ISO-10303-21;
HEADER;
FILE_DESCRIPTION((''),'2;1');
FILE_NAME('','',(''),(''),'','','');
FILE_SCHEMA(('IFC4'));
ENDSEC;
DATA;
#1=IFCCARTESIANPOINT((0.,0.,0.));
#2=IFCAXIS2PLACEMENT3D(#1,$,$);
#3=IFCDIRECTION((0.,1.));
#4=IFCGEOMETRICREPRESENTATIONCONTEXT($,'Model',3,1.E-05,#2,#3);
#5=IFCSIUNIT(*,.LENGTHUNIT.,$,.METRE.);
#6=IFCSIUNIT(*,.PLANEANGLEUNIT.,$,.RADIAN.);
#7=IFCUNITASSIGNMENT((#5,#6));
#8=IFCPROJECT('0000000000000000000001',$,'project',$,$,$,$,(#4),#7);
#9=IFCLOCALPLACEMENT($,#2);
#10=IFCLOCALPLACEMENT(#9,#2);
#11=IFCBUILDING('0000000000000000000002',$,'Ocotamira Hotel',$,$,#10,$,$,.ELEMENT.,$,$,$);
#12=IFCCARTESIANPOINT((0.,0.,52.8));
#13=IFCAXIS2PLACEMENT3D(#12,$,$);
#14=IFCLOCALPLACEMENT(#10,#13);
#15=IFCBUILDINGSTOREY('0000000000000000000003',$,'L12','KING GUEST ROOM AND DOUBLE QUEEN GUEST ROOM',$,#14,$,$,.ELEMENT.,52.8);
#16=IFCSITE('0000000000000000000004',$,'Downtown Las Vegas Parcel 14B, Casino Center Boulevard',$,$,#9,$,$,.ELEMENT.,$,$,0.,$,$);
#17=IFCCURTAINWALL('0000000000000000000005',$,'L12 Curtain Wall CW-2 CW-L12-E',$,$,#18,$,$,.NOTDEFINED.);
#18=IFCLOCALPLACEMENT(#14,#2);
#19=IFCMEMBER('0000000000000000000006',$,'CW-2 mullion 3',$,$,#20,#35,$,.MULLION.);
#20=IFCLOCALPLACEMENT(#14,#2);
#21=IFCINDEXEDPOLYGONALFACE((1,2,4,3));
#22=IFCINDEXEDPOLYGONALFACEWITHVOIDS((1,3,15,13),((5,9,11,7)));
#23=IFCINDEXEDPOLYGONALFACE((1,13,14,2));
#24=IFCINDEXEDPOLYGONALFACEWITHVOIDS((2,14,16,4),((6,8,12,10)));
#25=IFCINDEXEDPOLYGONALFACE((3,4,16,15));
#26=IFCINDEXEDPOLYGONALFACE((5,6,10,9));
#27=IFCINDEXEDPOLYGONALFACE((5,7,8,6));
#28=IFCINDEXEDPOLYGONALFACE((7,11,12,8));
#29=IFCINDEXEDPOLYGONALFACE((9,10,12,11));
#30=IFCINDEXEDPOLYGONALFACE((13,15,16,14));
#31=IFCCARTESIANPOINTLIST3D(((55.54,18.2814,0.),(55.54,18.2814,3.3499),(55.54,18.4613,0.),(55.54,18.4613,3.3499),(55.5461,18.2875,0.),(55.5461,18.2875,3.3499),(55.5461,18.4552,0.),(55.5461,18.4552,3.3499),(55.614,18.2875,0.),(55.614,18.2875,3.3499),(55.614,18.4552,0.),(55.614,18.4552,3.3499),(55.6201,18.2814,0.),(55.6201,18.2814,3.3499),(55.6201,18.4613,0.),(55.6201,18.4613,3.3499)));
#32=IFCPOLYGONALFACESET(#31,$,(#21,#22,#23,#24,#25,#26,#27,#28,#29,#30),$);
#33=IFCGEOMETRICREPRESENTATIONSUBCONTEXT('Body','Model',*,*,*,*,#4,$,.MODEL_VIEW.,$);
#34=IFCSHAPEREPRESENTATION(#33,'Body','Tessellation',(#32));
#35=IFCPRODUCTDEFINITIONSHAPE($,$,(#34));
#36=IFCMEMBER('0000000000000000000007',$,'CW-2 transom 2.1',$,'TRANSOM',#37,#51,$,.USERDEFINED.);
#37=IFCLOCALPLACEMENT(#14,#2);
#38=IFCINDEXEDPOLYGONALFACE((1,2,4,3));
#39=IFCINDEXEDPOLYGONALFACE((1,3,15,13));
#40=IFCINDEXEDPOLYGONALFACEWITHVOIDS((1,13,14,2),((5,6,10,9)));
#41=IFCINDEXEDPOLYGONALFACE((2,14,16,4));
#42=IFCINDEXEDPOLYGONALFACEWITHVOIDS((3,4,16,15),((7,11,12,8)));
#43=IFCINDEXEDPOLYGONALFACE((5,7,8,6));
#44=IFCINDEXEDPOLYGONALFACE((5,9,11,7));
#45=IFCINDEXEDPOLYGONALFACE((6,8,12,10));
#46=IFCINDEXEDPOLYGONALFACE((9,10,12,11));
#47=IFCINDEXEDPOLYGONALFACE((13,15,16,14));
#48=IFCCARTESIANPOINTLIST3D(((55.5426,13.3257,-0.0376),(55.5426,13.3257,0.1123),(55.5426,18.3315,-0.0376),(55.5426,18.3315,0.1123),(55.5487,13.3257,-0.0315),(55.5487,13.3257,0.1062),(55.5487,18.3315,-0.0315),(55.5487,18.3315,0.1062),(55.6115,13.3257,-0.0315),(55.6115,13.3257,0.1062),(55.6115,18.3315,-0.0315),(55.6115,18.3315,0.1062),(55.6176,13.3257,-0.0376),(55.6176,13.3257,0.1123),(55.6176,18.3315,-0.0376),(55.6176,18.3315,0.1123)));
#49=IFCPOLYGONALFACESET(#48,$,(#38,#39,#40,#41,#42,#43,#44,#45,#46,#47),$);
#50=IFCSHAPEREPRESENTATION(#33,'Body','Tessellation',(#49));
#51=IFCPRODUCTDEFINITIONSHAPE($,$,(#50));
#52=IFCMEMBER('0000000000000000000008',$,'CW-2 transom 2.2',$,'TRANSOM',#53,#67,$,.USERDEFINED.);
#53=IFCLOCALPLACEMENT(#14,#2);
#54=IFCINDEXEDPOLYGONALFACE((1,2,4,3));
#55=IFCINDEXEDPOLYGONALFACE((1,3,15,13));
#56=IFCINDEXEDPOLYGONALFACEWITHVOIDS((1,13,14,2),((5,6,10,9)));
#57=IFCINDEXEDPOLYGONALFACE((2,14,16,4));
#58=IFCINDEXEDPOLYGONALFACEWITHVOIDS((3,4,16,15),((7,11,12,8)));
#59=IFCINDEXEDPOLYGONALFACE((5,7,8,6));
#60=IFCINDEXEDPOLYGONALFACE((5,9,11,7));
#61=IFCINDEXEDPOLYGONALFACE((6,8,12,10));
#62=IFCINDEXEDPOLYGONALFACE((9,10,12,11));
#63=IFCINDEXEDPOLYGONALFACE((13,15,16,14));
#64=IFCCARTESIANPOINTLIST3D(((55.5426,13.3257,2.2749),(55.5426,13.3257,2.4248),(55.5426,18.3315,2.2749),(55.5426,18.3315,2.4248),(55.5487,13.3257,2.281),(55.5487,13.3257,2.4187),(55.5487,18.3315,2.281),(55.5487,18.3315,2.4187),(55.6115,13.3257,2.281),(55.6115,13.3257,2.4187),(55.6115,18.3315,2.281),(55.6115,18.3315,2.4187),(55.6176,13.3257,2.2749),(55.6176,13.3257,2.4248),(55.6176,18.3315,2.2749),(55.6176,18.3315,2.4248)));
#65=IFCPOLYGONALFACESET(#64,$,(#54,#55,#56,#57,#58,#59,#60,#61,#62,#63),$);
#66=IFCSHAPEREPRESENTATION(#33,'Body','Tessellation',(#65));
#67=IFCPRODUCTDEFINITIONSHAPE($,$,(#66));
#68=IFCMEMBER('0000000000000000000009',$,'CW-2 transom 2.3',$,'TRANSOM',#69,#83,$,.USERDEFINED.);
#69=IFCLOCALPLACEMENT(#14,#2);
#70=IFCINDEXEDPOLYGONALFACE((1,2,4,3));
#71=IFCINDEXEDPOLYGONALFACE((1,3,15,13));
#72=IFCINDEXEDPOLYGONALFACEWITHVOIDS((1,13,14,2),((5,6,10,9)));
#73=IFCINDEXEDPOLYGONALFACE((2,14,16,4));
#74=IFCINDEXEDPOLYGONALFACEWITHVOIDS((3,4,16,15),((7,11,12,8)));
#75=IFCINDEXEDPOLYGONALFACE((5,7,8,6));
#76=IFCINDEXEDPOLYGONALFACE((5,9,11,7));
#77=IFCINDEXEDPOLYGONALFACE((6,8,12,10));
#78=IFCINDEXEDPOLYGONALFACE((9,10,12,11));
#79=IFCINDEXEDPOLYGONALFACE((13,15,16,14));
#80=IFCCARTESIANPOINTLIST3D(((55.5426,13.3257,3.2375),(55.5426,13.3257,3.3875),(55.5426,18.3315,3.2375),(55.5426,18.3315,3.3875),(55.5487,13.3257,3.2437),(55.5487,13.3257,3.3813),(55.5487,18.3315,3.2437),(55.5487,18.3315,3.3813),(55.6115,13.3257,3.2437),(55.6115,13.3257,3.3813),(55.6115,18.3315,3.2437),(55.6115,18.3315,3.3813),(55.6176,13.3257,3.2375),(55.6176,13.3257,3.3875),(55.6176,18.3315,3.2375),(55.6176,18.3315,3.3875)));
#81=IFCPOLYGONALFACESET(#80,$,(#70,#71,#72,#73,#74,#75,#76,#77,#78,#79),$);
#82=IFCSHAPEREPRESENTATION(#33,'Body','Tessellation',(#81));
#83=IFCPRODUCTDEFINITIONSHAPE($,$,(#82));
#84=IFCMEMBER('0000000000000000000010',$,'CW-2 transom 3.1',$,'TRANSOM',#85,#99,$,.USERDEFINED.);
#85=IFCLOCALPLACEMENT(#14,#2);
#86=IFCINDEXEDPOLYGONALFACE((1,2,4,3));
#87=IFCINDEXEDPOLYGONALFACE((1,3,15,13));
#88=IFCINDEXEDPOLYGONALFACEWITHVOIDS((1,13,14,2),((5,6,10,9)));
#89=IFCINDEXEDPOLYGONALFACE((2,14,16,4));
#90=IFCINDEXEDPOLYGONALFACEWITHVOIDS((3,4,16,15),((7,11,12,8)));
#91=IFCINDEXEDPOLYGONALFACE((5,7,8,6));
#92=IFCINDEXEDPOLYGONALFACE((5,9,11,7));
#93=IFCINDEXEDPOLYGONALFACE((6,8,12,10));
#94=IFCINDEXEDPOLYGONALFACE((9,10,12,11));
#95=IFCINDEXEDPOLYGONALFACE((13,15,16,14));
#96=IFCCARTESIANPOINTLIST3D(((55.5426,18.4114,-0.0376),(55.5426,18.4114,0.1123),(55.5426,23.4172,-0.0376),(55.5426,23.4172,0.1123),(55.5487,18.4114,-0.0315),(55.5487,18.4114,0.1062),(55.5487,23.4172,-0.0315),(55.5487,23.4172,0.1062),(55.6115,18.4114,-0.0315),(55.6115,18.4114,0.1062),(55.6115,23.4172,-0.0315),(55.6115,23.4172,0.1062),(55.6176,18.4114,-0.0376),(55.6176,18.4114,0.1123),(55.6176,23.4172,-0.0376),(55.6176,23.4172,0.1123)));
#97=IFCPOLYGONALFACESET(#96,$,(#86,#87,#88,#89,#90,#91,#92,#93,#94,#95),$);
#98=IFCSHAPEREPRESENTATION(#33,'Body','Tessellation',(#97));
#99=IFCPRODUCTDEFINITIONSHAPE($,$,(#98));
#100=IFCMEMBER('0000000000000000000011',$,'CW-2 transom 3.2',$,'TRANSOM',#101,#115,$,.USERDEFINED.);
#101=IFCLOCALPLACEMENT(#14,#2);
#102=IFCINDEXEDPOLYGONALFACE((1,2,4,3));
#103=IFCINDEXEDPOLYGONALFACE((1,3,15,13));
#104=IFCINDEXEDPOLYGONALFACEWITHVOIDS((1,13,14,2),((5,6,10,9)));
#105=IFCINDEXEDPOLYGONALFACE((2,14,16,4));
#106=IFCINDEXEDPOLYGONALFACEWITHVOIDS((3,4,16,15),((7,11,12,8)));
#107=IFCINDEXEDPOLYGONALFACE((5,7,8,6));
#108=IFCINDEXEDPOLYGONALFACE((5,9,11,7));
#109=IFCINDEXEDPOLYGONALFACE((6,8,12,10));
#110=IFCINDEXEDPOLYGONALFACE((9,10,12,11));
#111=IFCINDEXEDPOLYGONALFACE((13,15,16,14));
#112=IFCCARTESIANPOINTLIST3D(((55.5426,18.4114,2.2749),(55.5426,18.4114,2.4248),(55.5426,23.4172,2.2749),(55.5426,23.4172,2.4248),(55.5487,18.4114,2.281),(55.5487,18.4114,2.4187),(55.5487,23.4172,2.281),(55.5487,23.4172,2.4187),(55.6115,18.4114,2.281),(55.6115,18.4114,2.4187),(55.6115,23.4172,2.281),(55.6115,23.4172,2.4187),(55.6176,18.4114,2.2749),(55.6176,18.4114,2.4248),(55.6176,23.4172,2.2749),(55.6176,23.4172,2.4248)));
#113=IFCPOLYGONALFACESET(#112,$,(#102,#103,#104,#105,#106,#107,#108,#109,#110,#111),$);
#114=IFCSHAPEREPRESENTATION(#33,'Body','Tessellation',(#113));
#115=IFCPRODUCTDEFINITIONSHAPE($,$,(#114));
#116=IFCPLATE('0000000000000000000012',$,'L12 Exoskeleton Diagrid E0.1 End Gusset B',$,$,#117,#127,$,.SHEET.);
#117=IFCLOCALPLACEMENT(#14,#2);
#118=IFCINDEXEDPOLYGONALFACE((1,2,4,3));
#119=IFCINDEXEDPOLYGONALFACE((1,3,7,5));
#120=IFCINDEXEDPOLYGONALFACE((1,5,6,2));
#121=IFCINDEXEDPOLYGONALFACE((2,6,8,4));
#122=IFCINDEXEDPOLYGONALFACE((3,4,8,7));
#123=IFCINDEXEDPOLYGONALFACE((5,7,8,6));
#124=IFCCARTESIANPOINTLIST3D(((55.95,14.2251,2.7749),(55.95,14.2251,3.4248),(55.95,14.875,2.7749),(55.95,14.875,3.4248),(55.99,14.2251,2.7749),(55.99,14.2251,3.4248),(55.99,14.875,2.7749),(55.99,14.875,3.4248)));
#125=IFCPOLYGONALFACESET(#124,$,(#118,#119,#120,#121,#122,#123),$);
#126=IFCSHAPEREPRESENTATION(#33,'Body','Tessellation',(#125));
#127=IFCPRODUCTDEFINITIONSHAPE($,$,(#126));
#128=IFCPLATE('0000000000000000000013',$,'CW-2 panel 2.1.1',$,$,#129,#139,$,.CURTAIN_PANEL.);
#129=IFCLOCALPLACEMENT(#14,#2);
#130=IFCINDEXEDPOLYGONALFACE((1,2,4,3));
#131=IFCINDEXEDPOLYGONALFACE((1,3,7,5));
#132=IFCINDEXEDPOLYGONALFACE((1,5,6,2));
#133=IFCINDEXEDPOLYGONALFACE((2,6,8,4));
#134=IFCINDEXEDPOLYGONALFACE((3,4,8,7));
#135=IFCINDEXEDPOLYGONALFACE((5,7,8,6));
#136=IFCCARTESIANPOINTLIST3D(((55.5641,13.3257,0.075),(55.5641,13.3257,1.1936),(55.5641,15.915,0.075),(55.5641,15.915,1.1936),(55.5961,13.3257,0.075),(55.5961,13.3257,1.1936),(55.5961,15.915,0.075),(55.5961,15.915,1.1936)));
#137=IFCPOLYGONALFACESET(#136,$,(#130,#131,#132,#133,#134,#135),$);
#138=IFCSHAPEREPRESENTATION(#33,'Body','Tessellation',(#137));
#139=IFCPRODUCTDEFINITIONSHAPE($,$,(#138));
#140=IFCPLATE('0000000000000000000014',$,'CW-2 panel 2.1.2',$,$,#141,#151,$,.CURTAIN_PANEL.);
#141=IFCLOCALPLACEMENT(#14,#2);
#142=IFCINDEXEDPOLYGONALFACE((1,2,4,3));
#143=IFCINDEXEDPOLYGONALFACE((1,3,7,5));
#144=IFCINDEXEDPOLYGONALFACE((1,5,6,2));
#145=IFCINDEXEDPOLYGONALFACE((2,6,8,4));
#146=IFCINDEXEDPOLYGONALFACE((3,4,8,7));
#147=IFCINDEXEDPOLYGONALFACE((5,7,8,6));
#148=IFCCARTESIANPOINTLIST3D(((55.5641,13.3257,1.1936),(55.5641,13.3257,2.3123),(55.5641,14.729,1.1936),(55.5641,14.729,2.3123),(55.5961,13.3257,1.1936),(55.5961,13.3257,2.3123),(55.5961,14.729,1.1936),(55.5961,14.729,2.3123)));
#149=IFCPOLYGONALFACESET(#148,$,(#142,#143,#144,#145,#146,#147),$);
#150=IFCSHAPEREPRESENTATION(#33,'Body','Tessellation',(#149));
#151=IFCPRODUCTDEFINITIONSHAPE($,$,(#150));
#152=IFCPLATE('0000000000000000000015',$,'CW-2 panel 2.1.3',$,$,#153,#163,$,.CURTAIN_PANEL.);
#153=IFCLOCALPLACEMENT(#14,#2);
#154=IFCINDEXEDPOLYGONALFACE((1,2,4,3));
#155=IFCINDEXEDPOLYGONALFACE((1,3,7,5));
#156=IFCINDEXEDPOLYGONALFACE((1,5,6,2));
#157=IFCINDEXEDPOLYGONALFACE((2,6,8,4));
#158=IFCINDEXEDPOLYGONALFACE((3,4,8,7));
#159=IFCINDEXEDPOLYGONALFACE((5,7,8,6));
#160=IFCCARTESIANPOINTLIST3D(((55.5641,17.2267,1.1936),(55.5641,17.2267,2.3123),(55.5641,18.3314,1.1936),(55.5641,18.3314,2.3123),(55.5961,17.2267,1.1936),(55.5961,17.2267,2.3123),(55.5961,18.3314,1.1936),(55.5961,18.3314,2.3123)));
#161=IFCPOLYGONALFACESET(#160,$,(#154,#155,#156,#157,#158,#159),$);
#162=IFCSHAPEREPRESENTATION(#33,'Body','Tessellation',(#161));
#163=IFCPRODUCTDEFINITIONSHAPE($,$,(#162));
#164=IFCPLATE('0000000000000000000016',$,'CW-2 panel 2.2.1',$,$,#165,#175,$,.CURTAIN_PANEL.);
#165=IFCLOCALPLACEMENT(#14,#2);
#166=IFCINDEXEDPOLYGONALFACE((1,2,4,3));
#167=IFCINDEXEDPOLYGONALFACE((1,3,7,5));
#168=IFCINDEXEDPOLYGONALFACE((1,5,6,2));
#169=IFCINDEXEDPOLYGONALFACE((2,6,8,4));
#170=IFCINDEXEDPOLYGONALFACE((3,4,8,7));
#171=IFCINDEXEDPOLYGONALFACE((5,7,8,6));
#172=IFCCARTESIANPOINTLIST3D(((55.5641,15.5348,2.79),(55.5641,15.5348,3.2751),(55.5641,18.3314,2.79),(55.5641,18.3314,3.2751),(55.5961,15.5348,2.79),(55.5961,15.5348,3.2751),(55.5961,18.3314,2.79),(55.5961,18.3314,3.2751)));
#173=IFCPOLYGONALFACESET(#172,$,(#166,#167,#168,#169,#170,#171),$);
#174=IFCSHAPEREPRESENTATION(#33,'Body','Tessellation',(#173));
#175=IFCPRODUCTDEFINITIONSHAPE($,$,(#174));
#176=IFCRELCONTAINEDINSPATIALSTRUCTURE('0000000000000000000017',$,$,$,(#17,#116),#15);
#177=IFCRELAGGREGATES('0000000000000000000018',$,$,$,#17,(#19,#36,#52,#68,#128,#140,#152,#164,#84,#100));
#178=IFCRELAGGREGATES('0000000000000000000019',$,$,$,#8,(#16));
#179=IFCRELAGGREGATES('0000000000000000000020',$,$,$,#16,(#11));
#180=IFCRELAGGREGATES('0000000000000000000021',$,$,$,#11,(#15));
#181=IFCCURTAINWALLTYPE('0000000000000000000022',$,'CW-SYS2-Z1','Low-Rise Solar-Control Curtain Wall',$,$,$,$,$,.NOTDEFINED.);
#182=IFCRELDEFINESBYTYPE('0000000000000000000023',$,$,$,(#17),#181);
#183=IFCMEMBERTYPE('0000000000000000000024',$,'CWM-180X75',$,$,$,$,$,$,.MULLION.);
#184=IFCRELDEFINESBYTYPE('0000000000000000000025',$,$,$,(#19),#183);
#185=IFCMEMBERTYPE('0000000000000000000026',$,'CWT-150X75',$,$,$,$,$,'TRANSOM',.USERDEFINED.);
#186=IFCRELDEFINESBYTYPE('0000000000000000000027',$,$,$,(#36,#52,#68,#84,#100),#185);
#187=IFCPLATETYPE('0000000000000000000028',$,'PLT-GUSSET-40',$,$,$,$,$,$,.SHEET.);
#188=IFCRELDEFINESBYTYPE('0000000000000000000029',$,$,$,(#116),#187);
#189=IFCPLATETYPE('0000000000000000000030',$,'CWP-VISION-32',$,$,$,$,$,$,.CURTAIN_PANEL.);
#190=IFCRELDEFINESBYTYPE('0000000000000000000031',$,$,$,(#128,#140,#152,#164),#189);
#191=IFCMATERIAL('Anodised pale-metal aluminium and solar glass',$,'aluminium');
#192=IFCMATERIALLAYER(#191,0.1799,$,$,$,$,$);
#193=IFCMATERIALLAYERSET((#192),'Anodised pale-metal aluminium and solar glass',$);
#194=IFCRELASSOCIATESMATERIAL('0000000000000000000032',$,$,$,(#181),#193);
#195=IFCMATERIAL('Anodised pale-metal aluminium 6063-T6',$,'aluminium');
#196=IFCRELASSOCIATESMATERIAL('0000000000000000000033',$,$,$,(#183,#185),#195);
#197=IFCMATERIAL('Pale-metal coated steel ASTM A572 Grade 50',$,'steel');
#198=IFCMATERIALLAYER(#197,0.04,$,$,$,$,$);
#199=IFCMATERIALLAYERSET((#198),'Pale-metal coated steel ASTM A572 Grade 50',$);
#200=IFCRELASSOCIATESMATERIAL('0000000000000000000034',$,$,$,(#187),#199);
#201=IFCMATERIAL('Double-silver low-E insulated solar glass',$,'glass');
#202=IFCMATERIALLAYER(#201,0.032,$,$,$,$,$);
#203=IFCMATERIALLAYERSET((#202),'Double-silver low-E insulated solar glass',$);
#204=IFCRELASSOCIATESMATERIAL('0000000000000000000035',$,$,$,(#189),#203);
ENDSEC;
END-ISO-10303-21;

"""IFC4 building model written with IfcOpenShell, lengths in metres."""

from ifc_helpers import new_model, si_unit, direction, frame, origin, origin_2d, place, context, subcontext, project, spatial, rectangle, hollow_rectangle, extrude, source, transform, mapped, material, layer, layer_set, material_profile, profile_set, type_object, element, aggregate, save


model = new_model("IFC4")

# Units and contexts
model_context = context("Model", 3, precision=1e-05, world=origin(), true_north=direction((0.0, 1.0)))
body_context = subcontext(model_context, "Body", "Model", "MODEL_VIEW")
ifc_project = project(units=[si_unit("LENGTHUNIT", "METRE"), si_unit("PLANEANGLEUNIT", "RADIAN")], contexts=[model_context])

# Site, building, storey
site_placement = place(None, origin())
site = spatial("IfcSite", under=ifc_project, at=site_placement, Name="Downtown Las Vegas Parcel 14B, Casino Center Boulevard", CompositionType="ELEMENT", RefElevation=0.0)
building_placement = place(site_placement, origin())
building = spatial("IfcBuilding", under=site, at=building_placement, Name="Ocotamira Hotel", CompositionType="ELEMENT")
storey_placement = place(building_placement, frame((0.0, 0.0, 52.8)))
storey = spatial("IfcBuildingStorey", under=building, at=storey_placement, Name="L12", Description="KING GUEST ROOM AND DOUBLE QUEEN GUEST ROOM", CompositionType="ELEMENT", Elevation=52.8)

# Curtain wall, members
ifc_material_1 = material(Name="Anodised pale-metal aluminium and solar glass", Category="aluminium")
ifc_layer_1 = layer(ifc_material_1, 0.1799)
ifc_layer_set_1 = layer_set([ifc_layer_1], Name="Anodised pale-metal aluminium and solar glass")
curtain_wall_type = type_object("IfcCurtainWallType", Name="CW-SYS2-Z1", Description="Low-Rise Solar-Control Curtain Wall", PredefinedType="NOTDEFINED", material=ifc_layer_set_1)
curtain_wall_placement = place(storey_placement, origin())
curtain_wall = element("IfcCurtainWall", 1, at=curtain_wall_placement, inside=storey, type_object=curtain_wall_type, Name="L12 Curtain Wall CW-2 CW-L12-E", PredefinedType="NOTDEFINED")
ifc_material_2 = material(Name="Anodised pale-metal aluminium 6063-T6", Category="aluminium")
ifc_material_profile_1 = material_profile(ifc_material_2, hollow_rectangle(XDim=0.0801, YDim=0.1799, WallThickness=0.0061, at=origin_2d()), Name="HSS180X80X6")
ifc_profile_set_1 = profile_set([ifc_material_profile_1], Name="Anodised pale-metal aluminium 6063-T6")
member_type_1 = type_object("IfcMemberType", Name="CWM-180X75", PredefinedType="MULLION", material=ifc_profile_set_1)
shared_shape_1 = source(origin(), body_context, "Body", "SweptSolid", [
    extrude(hollow_rectangle(XDim=0.0801, YDim=0.1799, WallThickness=0.0061, at=origin_2d()), origin(), (0.0, 0.0, 1.0), 3.3499),
])
member_1_placement = place(storey_placement, frame((55.5801, 18.3713, 0.0), z_axis=(0.0, 0.0, 1.0), x_axis=(-1.0, 0.0, 0.0)))
member_1 = element("IfcMember", 2, at=member_1_placement, type_object=member_type_1, Name="CW-2 mullion 3", PredefinedType="MULLION", context=body_context, shape_type="MappedRepresentation", body=[
    mapped(shared_shape_1, transform((0.0, 0.0, 0.0), scale=1.0)),
])
ifc_material_profile_2 = material_profile(ifc_material_2, hollow_rectangle(XDim=0.075, YDim=0.1499, WallThickness=0.0061, at=origin_2d()), Name="HSS150X75X6")
ifc_profile_set_2 = profile_set([ifc_material_profile_2], Name="Anodised pale-metal aluminium 6063-T6")
member_type_2 = type_object("IfcMemberType", Name="CWT-150X75", ElementType="TRANSOM", PredefinedType="USERDEFINED", material=ifc_profile_set_2)
shared_shape_2 = source(origin(), body_context, "Body", "SweptSolid", [
    extrude(hollow_rectangle(XDim=0.075, YDim=0.1499, WallThickness=0.0061, at=origin_2d()), origin(), (0.0, 0.0, 1.0), 5.0059),
])
member_2_placement = place(storey_placement, frame((55.5801, 13.3257, 0.0374), z_axis=(0.0, 1.0, 0.0), x_axis=(-1.0, 0.0, 0.0)))
member_2 = element("IfcMember", 3, at=member_2_placement, type_object=member_type_2, Name="CW-2 transom 2.1", ObjectType="TRANSOM", PredefinedType="USERDEFINED", context=body_context, shape_type="MappedRepresentation", body=[
    mapped(shared_shape_2, transform((0.0, 0.0, 0.0), scale=1.0)),
])
member_3_placement = place(storey_placement, frame((55.5801, 13.3257, 2.3499), z_axis=(0.0, 1.0, 0.0), x_axis=(-1.0, 0.0, 0.0)))
member_3 = element("IfcMember", 4, at=member_3_placement, type_object=member_type_2, Name="CW-2 transom 2.2", ObjectType="TRANSOM", PredefinedType="USERDEFINED", context=body_context, shape_type="MappedRepresentation", body=[
    mapped(shared_shape_2, transform((0.0, 0.0, 0.0), scale=1.0)),
])
member_4_placement = place(storey_placement, frame((55.5801, 13.3257, 3.3125), z_axis=(0.0, 1.0, 0.0), x_axis=(-1.0, 0.0, 0.0)))
member_4 = element("IfcMember", 5, at=member_4_placement, type_object=member_type_2, Name="CW-2 transom 2.3", ObjectType="TRANSOM", PredefinedType="USERDEFINED", context=body_context, shape_type="MappedRepresentation", body=[
    mapped(shared_shape_2, transform((0.0, 0.0, 0.0), scale=1.0)),
])
member_5_placement = place(storey_placement, frame((55.5801, 18.4114, 0.0374), z_axis=(0.0, 1.0, 0.0), x_axis=(-1.0, 0.0, 0.0)))
member_5 = element("IfcMember", 6, at=member_5_placement, type_object=member_type_2, Name="CW-2 transom 3.1", ObjectType="TRANSOM", PredefinedType="USERDEFINED", context=body_context, shape_type="MappedRepresentation", body=[
    mapped(shared_shape_2, transform((0.0, 0.0, 0.0), scale=1.0)),
])
member_6_placement = place(storey_placement, frame((55.5801, 18.4114, 2.3499), z_axis=(0.0, 1.0, 0.0), x_axis=(-1.0, 0.0, 0.0)))
member_6 = element("IfcMember", 7, at=member_6_placement, type_object=member_type_2, Name="CW-2 transom 3.2", ObjectType="TRANSOM", PredefinedType="USERDEFINED", context=body_context, shape_type="MappedRepresentation", body=[
    mapped(shared_shape_2, transform((0.0, 0.0, 0.0), scale=1.0)),
])

# Plates
ifc_material_3 = material(Name="Pale-metal coated steel ASTM A572 Grade 50", Category="steel")
ifc_layer_2 = layer(ifc_material_3, 0.04)
ifc_layer_set_2 = layer_set([ifc_layer_2], Name="Pale-metal coated steel ASTM A572 Grade 50")
plate_type_1 = type_object("IfcPlateType", Name="PLT-GUSSET-40", PredefinedType="SHEET", material=ifc_layer_set_2)
shared_shape_3 = source(origin(), body_context, "Body", "SweptSolid", [
    extrude(rectangle(XDim=0.04, YDim=0.6499, at=origin_2d()), origin(), (0.0, 0.0, 1.0), 0.6499),
])
plate_1_placement = place(storey_placement, frame((55.97, 14.55, 2.7749), z_axis=(0.0, 0.0, 1.0), x_axis=(1.0, 0.0, 0.0)))
element("IfcPlate", 8, at=plate_1_placement, inside=storey, type_object=plate_type_1, Name="L12 Exoskeleton Diagrid E0.1 End Gusset B", PredefinedType="SHEET", context=body_context, shape_type="MappedRepresentation", body=[
    mapped(shared_shape_3, transform((0.0, 0.0, 0.0), scale=1.0)),
])
ifc_material_4 = material(Name="Double-silver low-E insulated solar glass", Category="glass")
ifc_layer_3 = layer(ifc_material_4, 0.032)
ifc_layer_set_3 = layer_set([ifc_layer_3], Name="Double-silver low-E insulated solar glass")
plate_type_2 = type_object("IfcPlateType", Name="CWP-VISION-32", PredefinedType="CURTAIN_PANEL", material=ifc_layer_set_3)
shared_shape_4 = source(origin(), body_context, "Body", "SweptSolid", [
    extrude(rectangle(XDim=2.5894, YDim=0.032, at=origin_2d()), origin(), (0.0, 0.0, 1.0), 1.1187),
])
plate_2_placement = place(storey_placement, frame((55.5801, 14.6204, 0.075), z_axis=(0.0, 0.0, 1.0), x_axis=(0.0, 1.0, 0.0)))
plate_2 = element("IfcPlate", 9, at=plate_2_placement, type_object=plate_type_2, Name="CW-2 panel 2.1.1", PredefinedType="CURTAIN_PANEL", context=body_context, shape_type="MappedRepresentation", body=[
    mapped(shared_shape_4, transform((0.0, 0.0, 0.0), scale=1.0)),
])
shared_shape_5 = source(origin(), body_context, "Body", "SweptSolid", [
    extrude(rectangle(XDim=1.4033, YDim=0.032, at=origin_2d()), origin(), (0.0, 0.0, 1.0), 1.1187),
])
plate_3_placement = place(storey_placement, frame((55.5801, 14.0273, 1.1936), z_axis=(0.0, 0.0, 1.0), x_axis=(0.0, 1.0, 0.0)))
plate_3 = element("IfcPlate", 10, at=plate_3_placement, type_object=plate_type_2, Name="CW-2 panel 2.1.2", PredefinedType="CURTAIN_PANEL", context=body_context, shape_type="MappedRepresentation", body=[
    mapped(shared_shape_5, transform((0.0, 0.0, 0.0), scale=1.0)),
])
shared_shape_6 = source(origin(), body_context, "Body", "SweptSolid", [
    extrude(rectangle(XDim=1.1047, YDim=0.032, at=origin_2d()), origin(), (0.0, 0.0, 1.0), 1.1187),
])
plate_4_placement = place(storey_placement, frame((55.5801, 17.7791, 1.1936), z_axis=(0.0, 0.0, 1.0), x_axis=(0.0, 1.0, 0.0)))
plate_4 = element("IfcPlate", 11, at=plate_4_placement, type_object=plate_type_2, Name="CW-2 panel 2.1.3", PredefinedType="CURTAIN_PANEL", context=body_context, shape_type="MappedRepresentation", body=[
    mapped(shared_shape_6, transform((0.0, 0.0, 0.0), scale=1.0)),
])
shared_shape_7 = source(origin(), body_context, "Body", "SweptSolid", [
    extrude(rectangle(XDim=2.7966, YDim=0.032, at=origin_2d()), origin(), (0.0, 0.0, 1.0), 0.4851),
])
plate_5_placement = place(storey_placement, frame((55.5801, 16.9331, 2.79), z_axis=(0.0, 0.0, 1.0), x_axis=(0.0, 1.0, 0.0)))
plate_5 = element("IfcPlate", 12, at=plate_5_placement, type_object=plate_type_2, Name="CW-2 panel 2.2.1", PredefinedType="CURTAIN_PANEL", context=body_context, shape_type="MappedRepresentation", body=[
    mapped(shared_shape_7, transform((0.0, 0.0, 0.0), scale=1.0)),
])
aggregate(curtain_wall, [member_1, member_2, member_3, member_4, plate_2, plate_3, plate_4, plate_5, member_5, member_6])

save(model, "model.ifc")
